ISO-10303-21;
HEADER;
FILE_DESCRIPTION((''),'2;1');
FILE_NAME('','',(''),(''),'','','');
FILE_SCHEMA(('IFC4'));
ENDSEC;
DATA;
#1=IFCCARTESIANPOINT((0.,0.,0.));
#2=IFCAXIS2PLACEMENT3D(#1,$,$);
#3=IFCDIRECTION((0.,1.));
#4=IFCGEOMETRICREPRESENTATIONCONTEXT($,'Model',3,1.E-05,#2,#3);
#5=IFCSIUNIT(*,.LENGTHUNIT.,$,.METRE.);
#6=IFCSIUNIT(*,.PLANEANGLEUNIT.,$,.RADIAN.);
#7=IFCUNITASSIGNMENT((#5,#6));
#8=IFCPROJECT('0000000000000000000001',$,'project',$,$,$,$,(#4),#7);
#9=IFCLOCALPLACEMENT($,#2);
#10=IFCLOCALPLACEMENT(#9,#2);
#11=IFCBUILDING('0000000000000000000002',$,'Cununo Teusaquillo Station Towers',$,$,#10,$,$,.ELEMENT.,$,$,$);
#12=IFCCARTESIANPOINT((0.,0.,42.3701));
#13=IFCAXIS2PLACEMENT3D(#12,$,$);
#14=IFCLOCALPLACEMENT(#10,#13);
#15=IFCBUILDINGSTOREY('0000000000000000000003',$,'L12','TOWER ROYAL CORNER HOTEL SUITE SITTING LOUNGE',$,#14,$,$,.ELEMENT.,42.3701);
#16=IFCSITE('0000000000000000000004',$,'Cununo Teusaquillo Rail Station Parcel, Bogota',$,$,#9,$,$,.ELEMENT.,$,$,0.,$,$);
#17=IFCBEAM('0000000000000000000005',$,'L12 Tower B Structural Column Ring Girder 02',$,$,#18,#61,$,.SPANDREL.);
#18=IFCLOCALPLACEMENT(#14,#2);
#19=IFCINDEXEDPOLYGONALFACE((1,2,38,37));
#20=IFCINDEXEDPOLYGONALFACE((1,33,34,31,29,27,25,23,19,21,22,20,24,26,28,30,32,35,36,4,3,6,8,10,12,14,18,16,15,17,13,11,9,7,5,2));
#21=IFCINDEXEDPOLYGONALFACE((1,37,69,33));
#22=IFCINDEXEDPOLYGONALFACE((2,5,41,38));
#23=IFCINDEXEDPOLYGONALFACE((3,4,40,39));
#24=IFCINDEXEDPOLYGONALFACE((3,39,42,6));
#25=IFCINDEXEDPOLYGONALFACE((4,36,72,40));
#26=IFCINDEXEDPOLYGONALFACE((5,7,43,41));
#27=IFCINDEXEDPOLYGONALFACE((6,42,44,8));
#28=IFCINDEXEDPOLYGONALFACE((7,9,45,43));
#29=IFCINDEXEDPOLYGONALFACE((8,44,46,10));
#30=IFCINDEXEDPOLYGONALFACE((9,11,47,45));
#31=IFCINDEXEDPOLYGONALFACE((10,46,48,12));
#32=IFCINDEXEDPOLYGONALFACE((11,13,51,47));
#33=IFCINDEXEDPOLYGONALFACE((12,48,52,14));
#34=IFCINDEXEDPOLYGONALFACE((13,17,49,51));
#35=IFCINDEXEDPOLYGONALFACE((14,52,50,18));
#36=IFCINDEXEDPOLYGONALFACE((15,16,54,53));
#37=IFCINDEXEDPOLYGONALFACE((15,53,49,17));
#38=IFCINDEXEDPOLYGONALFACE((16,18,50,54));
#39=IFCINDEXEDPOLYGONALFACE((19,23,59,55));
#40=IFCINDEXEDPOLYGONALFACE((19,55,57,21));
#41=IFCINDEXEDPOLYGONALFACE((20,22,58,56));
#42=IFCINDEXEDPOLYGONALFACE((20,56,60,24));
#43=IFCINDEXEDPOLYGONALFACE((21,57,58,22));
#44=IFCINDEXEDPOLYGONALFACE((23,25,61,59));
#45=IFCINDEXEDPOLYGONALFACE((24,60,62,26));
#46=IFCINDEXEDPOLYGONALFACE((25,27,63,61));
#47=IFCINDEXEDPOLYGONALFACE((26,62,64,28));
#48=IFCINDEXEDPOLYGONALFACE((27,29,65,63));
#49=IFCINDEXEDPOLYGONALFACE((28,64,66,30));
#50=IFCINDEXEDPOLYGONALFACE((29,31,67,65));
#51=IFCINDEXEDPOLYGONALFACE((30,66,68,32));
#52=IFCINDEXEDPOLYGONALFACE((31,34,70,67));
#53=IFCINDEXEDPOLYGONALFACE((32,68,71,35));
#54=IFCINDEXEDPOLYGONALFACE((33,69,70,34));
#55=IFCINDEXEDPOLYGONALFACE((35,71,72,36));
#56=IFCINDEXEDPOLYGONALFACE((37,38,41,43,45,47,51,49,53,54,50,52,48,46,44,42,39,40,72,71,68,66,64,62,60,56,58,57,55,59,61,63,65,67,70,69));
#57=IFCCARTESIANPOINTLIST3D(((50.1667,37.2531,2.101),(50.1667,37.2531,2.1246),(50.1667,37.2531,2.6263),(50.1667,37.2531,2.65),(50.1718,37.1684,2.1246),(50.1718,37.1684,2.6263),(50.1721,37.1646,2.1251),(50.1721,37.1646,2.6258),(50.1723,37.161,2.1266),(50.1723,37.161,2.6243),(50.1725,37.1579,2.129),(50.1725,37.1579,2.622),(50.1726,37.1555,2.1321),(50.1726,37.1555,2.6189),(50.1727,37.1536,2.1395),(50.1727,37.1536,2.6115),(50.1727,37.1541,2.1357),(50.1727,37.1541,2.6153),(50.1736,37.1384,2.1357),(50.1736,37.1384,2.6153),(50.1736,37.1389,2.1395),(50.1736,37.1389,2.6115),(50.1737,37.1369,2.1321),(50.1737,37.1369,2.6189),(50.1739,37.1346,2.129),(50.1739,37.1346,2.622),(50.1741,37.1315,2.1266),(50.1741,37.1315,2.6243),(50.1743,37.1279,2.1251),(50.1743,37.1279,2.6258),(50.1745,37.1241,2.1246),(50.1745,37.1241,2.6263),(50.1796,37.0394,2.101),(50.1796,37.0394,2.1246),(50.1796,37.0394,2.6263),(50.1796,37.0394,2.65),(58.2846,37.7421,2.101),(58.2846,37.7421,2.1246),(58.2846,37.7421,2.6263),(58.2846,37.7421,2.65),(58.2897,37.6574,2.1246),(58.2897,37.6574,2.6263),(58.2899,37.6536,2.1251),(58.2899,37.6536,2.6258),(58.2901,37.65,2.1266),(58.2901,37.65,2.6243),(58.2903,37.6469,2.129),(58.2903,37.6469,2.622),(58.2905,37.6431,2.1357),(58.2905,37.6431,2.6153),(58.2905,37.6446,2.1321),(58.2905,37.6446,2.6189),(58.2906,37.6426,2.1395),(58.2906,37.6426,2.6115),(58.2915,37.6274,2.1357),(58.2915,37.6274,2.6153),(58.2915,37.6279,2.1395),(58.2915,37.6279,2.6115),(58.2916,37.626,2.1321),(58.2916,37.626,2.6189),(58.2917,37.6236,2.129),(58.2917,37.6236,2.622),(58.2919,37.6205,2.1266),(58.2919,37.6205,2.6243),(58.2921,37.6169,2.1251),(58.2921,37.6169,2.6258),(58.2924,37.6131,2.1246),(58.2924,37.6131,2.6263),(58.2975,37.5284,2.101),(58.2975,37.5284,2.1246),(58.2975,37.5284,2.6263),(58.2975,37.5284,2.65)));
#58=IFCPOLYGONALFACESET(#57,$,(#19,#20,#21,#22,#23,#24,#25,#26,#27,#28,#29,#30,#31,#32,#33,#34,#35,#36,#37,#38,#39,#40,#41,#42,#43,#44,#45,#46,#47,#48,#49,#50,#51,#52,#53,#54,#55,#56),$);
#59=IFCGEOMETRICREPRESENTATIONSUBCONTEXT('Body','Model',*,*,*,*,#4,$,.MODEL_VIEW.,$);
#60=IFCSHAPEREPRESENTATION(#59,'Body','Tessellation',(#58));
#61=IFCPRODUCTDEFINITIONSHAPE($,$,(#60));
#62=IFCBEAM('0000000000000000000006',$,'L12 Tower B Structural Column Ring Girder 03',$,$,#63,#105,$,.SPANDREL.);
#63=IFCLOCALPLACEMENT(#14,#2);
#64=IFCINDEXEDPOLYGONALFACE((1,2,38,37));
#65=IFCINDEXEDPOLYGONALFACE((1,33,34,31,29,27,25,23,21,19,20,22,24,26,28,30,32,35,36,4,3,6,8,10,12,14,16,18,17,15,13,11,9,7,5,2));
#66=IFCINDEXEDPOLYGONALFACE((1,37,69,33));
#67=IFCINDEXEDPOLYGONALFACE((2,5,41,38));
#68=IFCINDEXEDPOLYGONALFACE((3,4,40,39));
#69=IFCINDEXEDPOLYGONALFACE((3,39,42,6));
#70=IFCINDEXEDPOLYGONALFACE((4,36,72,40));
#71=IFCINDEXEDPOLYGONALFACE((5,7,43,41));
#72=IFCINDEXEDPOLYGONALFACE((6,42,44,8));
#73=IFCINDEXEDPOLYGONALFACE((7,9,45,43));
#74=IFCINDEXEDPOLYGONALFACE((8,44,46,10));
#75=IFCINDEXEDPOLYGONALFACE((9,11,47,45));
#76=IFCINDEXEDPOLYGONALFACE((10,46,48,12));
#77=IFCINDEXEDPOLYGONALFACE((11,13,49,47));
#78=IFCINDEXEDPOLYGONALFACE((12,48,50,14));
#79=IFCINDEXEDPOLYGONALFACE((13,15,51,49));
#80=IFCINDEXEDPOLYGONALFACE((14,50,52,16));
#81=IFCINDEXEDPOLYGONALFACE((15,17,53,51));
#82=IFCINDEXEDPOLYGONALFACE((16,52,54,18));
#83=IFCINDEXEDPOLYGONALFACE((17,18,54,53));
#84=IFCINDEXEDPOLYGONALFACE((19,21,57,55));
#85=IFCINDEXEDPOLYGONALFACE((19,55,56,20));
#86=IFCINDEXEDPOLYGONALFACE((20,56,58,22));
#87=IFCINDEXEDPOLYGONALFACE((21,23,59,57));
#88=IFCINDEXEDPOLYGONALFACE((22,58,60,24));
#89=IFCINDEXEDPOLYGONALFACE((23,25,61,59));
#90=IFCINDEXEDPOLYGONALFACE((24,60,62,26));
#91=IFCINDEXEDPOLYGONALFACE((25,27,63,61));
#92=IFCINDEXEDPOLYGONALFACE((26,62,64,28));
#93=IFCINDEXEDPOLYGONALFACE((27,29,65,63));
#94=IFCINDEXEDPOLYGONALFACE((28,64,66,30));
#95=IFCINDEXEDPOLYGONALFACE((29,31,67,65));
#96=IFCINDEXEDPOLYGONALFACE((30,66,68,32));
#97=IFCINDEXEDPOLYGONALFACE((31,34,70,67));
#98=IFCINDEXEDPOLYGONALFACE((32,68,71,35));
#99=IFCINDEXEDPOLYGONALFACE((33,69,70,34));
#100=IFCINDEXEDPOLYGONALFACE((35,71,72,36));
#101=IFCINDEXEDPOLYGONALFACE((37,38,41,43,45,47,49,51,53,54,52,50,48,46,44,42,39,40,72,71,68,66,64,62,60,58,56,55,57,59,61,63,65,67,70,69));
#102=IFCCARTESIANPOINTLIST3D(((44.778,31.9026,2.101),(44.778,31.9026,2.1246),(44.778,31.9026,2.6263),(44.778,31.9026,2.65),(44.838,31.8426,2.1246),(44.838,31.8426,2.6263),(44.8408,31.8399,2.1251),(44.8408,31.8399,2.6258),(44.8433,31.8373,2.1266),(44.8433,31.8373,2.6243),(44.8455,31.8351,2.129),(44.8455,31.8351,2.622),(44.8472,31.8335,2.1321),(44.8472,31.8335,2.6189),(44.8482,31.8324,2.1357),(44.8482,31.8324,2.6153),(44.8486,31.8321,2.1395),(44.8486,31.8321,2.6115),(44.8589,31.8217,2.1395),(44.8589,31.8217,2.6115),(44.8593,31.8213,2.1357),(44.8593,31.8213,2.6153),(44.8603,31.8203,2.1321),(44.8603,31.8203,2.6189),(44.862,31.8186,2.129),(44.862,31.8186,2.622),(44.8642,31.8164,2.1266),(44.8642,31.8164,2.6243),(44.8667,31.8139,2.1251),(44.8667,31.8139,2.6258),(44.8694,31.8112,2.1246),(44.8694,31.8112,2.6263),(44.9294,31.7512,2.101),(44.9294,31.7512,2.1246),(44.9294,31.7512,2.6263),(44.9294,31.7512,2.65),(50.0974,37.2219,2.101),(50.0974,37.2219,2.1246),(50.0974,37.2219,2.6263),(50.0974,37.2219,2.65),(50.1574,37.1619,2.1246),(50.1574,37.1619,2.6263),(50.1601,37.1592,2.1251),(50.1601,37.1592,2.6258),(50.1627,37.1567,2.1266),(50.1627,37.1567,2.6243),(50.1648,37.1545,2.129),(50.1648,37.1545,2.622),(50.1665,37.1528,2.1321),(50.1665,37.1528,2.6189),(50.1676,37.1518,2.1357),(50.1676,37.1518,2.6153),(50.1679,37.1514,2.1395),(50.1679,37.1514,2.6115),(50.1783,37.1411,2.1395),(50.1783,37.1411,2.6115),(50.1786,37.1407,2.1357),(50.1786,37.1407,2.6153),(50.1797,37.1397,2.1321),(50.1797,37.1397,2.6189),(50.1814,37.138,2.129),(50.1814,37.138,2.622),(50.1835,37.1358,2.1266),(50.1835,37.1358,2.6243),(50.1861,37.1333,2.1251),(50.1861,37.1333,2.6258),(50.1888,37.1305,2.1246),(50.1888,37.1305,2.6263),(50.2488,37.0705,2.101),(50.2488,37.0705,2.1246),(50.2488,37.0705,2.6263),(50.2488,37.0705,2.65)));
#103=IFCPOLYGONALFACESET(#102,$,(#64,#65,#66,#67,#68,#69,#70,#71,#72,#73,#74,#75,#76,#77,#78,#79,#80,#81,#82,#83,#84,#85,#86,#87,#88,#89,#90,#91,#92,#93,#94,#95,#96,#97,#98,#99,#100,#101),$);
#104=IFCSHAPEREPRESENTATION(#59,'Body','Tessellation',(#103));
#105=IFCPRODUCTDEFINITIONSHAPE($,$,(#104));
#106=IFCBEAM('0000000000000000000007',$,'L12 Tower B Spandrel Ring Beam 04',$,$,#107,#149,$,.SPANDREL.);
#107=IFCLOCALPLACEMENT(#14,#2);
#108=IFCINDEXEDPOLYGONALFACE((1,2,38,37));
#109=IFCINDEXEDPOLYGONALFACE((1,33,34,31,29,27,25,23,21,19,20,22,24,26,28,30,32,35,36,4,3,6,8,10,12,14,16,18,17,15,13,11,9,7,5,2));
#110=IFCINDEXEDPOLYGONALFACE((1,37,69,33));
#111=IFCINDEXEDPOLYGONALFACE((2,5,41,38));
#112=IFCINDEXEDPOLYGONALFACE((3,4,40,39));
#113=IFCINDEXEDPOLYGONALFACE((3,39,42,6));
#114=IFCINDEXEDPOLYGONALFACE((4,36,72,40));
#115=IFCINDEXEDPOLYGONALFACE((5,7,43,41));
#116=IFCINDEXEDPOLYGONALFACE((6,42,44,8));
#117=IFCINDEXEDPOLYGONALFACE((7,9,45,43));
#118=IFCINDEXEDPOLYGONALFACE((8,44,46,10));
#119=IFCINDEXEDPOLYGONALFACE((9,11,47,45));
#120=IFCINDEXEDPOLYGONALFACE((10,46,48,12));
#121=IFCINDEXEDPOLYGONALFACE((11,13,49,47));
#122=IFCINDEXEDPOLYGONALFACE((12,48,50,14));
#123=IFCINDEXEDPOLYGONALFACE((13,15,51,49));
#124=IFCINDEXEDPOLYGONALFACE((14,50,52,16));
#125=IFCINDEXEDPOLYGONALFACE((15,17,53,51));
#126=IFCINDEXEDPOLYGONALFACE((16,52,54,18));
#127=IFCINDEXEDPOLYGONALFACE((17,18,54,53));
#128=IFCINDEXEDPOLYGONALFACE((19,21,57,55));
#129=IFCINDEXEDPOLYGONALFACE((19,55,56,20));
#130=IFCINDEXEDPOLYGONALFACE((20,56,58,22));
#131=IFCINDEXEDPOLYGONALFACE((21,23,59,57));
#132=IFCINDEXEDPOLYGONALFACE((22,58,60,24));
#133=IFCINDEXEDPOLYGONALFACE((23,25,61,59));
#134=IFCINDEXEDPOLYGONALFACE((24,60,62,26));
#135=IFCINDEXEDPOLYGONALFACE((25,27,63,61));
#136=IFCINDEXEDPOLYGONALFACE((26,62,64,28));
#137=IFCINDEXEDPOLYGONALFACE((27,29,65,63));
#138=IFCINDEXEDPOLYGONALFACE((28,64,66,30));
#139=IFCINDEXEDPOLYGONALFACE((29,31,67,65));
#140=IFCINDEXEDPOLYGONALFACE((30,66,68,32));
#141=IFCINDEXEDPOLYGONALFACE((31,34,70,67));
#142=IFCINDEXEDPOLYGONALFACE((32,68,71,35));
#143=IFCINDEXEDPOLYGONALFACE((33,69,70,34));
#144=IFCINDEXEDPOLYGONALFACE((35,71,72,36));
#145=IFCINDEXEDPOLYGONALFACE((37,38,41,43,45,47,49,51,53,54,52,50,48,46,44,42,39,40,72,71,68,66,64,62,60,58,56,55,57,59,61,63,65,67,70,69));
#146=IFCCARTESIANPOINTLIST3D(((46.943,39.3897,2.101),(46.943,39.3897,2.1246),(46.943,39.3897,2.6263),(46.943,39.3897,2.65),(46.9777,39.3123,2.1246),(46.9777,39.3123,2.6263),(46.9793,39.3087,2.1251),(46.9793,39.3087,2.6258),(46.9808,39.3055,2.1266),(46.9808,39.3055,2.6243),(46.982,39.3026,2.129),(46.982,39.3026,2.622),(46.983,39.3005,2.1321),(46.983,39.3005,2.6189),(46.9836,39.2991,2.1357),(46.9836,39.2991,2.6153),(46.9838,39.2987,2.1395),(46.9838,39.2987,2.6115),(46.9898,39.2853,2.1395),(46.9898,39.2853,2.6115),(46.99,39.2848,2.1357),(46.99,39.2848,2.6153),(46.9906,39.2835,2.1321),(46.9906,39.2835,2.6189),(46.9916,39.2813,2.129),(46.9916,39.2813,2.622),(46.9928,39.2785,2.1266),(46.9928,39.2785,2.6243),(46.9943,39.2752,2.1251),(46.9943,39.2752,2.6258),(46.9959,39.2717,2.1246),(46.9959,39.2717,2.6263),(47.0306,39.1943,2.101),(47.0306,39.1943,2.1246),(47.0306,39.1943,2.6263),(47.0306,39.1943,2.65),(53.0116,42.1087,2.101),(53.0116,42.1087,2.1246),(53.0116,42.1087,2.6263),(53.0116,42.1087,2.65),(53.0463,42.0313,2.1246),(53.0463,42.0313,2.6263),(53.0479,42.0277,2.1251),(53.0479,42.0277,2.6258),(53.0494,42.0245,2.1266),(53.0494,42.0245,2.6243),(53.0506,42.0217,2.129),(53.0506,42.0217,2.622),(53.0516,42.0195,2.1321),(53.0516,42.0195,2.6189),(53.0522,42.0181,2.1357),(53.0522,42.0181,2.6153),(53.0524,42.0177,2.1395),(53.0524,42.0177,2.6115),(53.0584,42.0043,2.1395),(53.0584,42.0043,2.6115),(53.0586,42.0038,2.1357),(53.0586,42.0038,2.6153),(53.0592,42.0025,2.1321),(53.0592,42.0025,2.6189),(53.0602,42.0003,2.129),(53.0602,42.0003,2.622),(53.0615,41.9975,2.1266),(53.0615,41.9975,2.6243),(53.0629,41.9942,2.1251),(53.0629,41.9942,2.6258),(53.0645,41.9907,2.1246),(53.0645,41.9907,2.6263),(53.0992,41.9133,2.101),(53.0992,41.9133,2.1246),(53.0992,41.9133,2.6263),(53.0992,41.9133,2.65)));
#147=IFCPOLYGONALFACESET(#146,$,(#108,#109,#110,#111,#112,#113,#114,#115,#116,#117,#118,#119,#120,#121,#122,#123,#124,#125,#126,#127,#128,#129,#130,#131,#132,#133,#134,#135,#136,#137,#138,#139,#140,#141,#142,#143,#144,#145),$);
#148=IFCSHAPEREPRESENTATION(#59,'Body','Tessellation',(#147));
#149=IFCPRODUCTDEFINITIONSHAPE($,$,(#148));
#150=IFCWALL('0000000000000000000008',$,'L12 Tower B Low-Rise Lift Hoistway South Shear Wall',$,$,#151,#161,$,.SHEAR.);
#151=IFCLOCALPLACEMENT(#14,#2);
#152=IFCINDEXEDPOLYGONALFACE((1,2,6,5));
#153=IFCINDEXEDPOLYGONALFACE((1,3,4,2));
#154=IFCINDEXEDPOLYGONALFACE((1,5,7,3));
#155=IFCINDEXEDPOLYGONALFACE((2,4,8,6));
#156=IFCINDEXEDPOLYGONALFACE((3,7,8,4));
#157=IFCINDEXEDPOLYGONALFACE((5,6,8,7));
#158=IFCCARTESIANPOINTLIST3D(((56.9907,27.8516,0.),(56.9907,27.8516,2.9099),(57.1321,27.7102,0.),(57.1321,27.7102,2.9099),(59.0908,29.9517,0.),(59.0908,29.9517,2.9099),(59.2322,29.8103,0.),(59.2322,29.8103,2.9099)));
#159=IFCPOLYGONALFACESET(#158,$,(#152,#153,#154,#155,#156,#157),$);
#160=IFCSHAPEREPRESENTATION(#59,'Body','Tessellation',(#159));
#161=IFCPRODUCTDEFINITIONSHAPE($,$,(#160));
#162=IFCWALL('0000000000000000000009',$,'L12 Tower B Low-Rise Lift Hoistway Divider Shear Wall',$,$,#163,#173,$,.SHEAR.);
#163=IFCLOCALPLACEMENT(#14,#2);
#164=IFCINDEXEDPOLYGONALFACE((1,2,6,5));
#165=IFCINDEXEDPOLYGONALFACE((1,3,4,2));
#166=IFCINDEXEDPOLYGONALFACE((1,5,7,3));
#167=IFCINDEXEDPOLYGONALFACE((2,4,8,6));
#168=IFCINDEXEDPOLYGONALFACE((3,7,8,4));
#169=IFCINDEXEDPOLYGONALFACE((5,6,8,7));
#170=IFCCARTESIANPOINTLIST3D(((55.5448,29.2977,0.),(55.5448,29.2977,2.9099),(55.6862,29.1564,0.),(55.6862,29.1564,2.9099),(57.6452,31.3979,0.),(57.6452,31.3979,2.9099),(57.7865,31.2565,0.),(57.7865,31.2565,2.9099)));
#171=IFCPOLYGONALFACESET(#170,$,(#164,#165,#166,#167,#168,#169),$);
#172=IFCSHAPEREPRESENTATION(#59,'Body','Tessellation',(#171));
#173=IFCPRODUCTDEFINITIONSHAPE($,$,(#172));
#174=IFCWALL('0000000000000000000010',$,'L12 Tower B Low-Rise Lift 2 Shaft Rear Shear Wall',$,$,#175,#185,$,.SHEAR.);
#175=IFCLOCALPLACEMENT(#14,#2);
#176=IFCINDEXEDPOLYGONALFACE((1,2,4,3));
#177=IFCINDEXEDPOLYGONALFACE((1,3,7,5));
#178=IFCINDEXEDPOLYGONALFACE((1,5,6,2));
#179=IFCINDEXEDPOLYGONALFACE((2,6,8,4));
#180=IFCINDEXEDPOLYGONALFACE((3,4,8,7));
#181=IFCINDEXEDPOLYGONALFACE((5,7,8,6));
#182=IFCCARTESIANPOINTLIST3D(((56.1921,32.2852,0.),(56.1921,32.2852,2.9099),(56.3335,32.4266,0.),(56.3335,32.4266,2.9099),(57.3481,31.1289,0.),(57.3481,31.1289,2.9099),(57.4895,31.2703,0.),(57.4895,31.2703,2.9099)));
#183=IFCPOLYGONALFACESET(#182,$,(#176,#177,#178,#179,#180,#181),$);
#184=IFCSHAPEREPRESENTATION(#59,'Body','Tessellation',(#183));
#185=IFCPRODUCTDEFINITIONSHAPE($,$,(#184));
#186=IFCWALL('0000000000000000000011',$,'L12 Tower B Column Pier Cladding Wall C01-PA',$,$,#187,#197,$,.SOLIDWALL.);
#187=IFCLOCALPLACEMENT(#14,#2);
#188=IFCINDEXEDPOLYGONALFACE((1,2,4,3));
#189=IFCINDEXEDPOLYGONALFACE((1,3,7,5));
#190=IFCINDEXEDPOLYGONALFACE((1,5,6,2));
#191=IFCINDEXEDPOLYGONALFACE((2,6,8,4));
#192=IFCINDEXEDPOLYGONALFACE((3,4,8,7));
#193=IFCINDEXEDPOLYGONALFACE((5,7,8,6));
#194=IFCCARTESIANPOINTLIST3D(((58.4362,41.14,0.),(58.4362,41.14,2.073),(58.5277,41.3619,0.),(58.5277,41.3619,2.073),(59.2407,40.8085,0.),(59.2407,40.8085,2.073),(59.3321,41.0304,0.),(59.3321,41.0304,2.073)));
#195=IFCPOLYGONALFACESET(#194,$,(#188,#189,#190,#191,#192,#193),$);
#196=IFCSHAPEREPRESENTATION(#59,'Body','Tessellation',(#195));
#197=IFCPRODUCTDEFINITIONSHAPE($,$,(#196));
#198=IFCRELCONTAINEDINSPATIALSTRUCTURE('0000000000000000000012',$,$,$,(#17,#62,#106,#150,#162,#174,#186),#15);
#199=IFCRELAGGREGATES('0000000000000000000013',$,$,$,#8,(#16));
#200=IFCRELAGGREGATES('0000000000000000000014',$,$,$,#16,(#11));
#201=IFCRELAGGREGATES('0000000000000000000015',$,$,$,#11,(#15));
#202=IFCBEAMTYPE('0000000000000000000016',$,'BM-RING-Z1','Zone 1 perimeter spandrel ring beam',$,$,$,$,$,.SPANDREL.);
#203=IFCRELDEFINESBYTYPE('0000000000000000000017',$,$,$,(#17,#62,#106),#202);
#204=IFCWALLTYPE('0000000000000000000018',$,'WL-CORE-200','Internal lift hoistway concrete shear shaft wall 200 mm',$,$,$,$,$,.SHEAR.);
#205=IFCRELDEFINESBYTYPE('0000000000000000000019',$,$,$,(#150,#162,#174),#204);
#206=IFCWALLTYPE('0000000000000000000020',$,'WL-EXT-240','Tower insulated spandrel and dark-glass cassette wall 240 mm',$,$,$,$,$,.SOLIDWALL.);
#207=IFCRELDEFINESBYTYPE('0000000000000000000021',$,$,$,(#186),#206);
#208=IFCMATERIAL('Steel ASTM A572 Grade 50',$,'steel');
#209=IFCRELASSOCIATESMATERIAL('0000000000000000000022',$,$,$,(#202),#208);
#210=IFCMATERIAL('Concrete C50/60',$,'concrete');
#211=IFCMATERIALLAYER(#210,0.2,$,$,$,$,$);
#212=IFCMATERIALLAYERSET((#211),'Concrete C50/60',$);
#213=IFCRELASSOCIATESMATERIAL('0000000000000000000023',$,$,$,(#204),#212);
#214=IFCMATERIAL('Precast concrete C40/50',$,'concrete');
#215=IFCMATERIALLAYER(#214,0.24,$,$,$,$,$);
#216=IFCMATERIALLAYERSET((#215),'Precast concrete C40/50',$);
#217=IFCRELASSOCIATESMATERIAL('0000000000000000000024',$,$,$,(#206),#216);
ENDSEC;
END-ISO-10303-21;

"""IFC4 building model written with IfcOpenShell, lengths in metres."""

from ifc_helpers import new_model, si_unit, direction, frame, frame_2d, origin, origin_2d, place, context, subcontext, project, spatial, rectangle, i_section, extrude, material, layer, layer_set, material_profile, profile_set, type_object, element, save


model = new_model("IFC4")

# Units and contexts
model_context = context("Model", 3, precision=1e-05, world=origin(), true_north=direction((0.0, 1.0)))
body_context = subcontext(model_context, "Body", "Model", "MODEL_VIEW")
ifc_project = project(units=[si_unit("LENGTHUNIT", "METRE"), si_unit("PLANEANGLEUNIT", "RADIAN")], contexts=[model_context])

# Site, building, storey
site_placement = place(None, origin())
site = spatial("IfcSite", under=ifc_project, at=site_placement, Name="Cununo Teusaquillo Rail Station Parcel, Bogota", CompositionType="ELEMENT", RefElevation=0.0)
building_placement = place(site_placement, origin())
building = spatial("IfcBuilding", under=site, at=building_placement, Name="Cununo Teusaquillo Station Towers", CompositionType="ELEMENT")
storey_placement = place(building_placement, frame((0.0, 0.0, 42.3701)))
storey = spatial("IfcBuildingStorey", under=building, at=storey_placement, Name="L12", Description="TOWER ROYAL CORNER HOTEL SUITE SITTING LOUNGE", CompositionType="ELEMENT", Elevation=42.3701)

# Beams
ifc_material_1 = material(Name="Steel ASTM A572 Grade 50", Category="steel")
ifc_material_profile_1 = material_profile(ifc_material_1, i_section(OverallWidth=0.2141, OverallDepth=0.5491, WebThickness=0.0146, FlangeThickness=0.0237, FilletRadius=0.0149, at=origin_2d()), Name="W21X93")
ifc_profile_set_1 = profile_set([ifc_material_profile_1], Name="Steel ASTM A572 Grade 50")
beam_type_1 = type_object("IfcBeamType", Name="BM-RING-Z1", Description="Zone 1 perimeter spandrel ring beam", PredefinedType="SPANDREL", material=ifc_profile_set_1)
beam_1_placement = place(storey_placement, frame((58.291, 37.6353, 2.3755), z_axis=(-0.998191, -0.06013, 0.0), x_axis=(0.06013, -0.998191, 0.0)))
element("IfcBeam", 1, at=beam_1_placement, inside=storey, type_object=beam_type_1, Name="L12 Tower B Structural Column Ring Girder 02", PredefinedType="SPANDREL", context=body_context, shape_type="SweptSolid", body=[
    extrude(i_section(OverallWidth=0.2141, OverallDepth=0.5491, WebThickness=0.0146, FlangeThickness=0.0237, FilletRadius=0.0149, at=origin_2d()), origin(), (0.0, 0.0, 1.0), 8.1326),
])
beam_2_placement = place(storey_placement, frame((50.1731, 37.1462, 2.3755), z_axis=(-0.707107, -0.707107, 0.0), x_axis=(0.707107, -0.707107, 0.0)))
element("IfcBeam", 2, at=beam_2_placement, inside=storey, type_object=beam_type_1, Name="L12 Tower B Structural Column Ring Girder 03", PredefinedType="SPANDREL", context=body_context, shape_type="SweptSolid", body=[
    extrude(i_section(OverallWidth=0.2141, OverallDepth=0.5491, WebThickness=0.0146, FlangeThickness=0.0237, FilletRadius=0.0149, at=origin_2d()), origin(), (0.0, 0.0, 1.0), 7.5227),
])
beam_3_placement = place(storey_placement, frame((53.0554, 42.011, 2.3755), z_axis=(-0.912589, -0.408879, 0.0), x_axis=(0.408879, -0.912589, 0.0)))
element("IfcBeam", 3, at=beam_3_placement, inside=storey, type_object=beam_type_1, Name="L12 Tower B Spandrel Ring Beam 04", PredefinedType="SPANDREL", context=body_context, shape_type="SweptSolid", body=[
    extrude(i_section(OverallWidth=0.2141, OverallDepth=0.5491, WebThickness=0.0146, FlangeThickness=0.0237, FilletRadius=0.0149, at=origin_2d()), origin(), (0.0, 0.0, 1.0), 6.6499),
])

# Walls
ifc_material_2 = material(Name="Concrete C50/60", Category="concrete")
ifc_layer_1 = layer(ifc_material_2, 0.2)
ifc_layer_set_1 = layer_set([ifc_layer_1], Name="Concrete C50/60")
wall_type_1 = type_object("IfcWallType", Name="WL-CORE-200", Description="Internal lift hoistway concrete shear shaft wall 200 mm", PredefinedType="SHEAR", material=ifc_layer_set_1)
wall_1_placement = place(storey_placement, frame((57.0615, 27.781, 0.0), z_axis=(0.0, 0.0, 1.0), x_axis=(0.707107, 0.707107, 0.0)))
element("IfcWall", 4, at=wall_1_placement, inside=storey, type_object=wall_type_1, Name="L12 Tower B Low-Rise Lift Hoistway South Shear Wall", PredefinedType="SHEAR", context=body_context, shape_type="SweptSolid", body=[
    extrude(rectangle(XDim=2.97, YDim=0.2, at=frame_2d((1.4849, 0.0))), origin(), (0.0, 0.0, 1.0), 2.9099),
])
wall_2_placement = place(storey_placement, frame((55.6155, 29.2271, 0.0), z_axis=(0.0, 0.0, 1.0), x_axis=(0.707148, 0.707066, 0.0)))
element("IfcWall", 5, at=wall_2_placement, inside=storey, type_object=wall_type_1, Name="L12 Tower B Low-Rise Lift Hoistway Divider Shear Wall", PredefinedType="SHEAR", context=body_context, shape_type="SweptSolid", body=[
    extrude(rectangle(XDim=2.9702, YDim=0.2, at=frame_2d((1.4851, 0.0))), origin(), (0.0, 0.0, 1.0), 2.9099),
])
wall_3_placement = place(storey_placement, frame((57.4187, 31.1997, 0.0), z_axis=(0.0, 0.0, 1.0), x_axis=(-0.707032, 0.707181, 0.0)))
element("IfcWall", 6, at=wall_3_placement, inside=storey, type_object=wall_type_1, Name="L12 Tower B Low-Rise Lift 2 Shaft Rear Shear Wall", PredefinedType="SHEAR", context=body_context, shape_type="SweptSolid", body=[
    extrude(rectangle(XDim=1.635, YDim=0.2, at=frame_2d((0.8174, 0.0))), origin(), (0.0, 0.0, 1.0), 2.9099),
])
ifc_material_3 = material(Name="Precast concrete C40/50", Category="concrete")
ifc_layer_2 = layer(ifc_material_3, 0.24)
ifc_layer_set_2 = layer_set([ifc_layer_2], Name="Precast concrete C40/50")
wall_type_2 = type_object("IfcWallType", Name="WL-EXT-240", Description="Tower insulated spandrel and dark-glass cassette wall 240 mm", PredefinedType="SOLIDWALL", material=ifc_layer_set_2)
wall_4_placement = place(storey_placement, frame((58.4819, 41.251, 0.0), z_axis=(0.0, 0.0, 1.0), x_axis=(0.924556, -0.381046, 0.0)))
element("IfcWall", 7, at=wall_4_placement, inside=storey, type_object=wall_type_2, Name="L12 Tower B Column Pier Cladding Wall C01-PA", PredefinedType="SOLIDWALL", context=body_context, shape_type="SweptSolid", body=[
    extrude(rectangle(XDim=0.8701, YDim=0.24, at=frame_2d((0.4351, 0.0))), origin(), (0.0, 0.0, 1.0), 2.073),
])

save(model, "model.ifc")
